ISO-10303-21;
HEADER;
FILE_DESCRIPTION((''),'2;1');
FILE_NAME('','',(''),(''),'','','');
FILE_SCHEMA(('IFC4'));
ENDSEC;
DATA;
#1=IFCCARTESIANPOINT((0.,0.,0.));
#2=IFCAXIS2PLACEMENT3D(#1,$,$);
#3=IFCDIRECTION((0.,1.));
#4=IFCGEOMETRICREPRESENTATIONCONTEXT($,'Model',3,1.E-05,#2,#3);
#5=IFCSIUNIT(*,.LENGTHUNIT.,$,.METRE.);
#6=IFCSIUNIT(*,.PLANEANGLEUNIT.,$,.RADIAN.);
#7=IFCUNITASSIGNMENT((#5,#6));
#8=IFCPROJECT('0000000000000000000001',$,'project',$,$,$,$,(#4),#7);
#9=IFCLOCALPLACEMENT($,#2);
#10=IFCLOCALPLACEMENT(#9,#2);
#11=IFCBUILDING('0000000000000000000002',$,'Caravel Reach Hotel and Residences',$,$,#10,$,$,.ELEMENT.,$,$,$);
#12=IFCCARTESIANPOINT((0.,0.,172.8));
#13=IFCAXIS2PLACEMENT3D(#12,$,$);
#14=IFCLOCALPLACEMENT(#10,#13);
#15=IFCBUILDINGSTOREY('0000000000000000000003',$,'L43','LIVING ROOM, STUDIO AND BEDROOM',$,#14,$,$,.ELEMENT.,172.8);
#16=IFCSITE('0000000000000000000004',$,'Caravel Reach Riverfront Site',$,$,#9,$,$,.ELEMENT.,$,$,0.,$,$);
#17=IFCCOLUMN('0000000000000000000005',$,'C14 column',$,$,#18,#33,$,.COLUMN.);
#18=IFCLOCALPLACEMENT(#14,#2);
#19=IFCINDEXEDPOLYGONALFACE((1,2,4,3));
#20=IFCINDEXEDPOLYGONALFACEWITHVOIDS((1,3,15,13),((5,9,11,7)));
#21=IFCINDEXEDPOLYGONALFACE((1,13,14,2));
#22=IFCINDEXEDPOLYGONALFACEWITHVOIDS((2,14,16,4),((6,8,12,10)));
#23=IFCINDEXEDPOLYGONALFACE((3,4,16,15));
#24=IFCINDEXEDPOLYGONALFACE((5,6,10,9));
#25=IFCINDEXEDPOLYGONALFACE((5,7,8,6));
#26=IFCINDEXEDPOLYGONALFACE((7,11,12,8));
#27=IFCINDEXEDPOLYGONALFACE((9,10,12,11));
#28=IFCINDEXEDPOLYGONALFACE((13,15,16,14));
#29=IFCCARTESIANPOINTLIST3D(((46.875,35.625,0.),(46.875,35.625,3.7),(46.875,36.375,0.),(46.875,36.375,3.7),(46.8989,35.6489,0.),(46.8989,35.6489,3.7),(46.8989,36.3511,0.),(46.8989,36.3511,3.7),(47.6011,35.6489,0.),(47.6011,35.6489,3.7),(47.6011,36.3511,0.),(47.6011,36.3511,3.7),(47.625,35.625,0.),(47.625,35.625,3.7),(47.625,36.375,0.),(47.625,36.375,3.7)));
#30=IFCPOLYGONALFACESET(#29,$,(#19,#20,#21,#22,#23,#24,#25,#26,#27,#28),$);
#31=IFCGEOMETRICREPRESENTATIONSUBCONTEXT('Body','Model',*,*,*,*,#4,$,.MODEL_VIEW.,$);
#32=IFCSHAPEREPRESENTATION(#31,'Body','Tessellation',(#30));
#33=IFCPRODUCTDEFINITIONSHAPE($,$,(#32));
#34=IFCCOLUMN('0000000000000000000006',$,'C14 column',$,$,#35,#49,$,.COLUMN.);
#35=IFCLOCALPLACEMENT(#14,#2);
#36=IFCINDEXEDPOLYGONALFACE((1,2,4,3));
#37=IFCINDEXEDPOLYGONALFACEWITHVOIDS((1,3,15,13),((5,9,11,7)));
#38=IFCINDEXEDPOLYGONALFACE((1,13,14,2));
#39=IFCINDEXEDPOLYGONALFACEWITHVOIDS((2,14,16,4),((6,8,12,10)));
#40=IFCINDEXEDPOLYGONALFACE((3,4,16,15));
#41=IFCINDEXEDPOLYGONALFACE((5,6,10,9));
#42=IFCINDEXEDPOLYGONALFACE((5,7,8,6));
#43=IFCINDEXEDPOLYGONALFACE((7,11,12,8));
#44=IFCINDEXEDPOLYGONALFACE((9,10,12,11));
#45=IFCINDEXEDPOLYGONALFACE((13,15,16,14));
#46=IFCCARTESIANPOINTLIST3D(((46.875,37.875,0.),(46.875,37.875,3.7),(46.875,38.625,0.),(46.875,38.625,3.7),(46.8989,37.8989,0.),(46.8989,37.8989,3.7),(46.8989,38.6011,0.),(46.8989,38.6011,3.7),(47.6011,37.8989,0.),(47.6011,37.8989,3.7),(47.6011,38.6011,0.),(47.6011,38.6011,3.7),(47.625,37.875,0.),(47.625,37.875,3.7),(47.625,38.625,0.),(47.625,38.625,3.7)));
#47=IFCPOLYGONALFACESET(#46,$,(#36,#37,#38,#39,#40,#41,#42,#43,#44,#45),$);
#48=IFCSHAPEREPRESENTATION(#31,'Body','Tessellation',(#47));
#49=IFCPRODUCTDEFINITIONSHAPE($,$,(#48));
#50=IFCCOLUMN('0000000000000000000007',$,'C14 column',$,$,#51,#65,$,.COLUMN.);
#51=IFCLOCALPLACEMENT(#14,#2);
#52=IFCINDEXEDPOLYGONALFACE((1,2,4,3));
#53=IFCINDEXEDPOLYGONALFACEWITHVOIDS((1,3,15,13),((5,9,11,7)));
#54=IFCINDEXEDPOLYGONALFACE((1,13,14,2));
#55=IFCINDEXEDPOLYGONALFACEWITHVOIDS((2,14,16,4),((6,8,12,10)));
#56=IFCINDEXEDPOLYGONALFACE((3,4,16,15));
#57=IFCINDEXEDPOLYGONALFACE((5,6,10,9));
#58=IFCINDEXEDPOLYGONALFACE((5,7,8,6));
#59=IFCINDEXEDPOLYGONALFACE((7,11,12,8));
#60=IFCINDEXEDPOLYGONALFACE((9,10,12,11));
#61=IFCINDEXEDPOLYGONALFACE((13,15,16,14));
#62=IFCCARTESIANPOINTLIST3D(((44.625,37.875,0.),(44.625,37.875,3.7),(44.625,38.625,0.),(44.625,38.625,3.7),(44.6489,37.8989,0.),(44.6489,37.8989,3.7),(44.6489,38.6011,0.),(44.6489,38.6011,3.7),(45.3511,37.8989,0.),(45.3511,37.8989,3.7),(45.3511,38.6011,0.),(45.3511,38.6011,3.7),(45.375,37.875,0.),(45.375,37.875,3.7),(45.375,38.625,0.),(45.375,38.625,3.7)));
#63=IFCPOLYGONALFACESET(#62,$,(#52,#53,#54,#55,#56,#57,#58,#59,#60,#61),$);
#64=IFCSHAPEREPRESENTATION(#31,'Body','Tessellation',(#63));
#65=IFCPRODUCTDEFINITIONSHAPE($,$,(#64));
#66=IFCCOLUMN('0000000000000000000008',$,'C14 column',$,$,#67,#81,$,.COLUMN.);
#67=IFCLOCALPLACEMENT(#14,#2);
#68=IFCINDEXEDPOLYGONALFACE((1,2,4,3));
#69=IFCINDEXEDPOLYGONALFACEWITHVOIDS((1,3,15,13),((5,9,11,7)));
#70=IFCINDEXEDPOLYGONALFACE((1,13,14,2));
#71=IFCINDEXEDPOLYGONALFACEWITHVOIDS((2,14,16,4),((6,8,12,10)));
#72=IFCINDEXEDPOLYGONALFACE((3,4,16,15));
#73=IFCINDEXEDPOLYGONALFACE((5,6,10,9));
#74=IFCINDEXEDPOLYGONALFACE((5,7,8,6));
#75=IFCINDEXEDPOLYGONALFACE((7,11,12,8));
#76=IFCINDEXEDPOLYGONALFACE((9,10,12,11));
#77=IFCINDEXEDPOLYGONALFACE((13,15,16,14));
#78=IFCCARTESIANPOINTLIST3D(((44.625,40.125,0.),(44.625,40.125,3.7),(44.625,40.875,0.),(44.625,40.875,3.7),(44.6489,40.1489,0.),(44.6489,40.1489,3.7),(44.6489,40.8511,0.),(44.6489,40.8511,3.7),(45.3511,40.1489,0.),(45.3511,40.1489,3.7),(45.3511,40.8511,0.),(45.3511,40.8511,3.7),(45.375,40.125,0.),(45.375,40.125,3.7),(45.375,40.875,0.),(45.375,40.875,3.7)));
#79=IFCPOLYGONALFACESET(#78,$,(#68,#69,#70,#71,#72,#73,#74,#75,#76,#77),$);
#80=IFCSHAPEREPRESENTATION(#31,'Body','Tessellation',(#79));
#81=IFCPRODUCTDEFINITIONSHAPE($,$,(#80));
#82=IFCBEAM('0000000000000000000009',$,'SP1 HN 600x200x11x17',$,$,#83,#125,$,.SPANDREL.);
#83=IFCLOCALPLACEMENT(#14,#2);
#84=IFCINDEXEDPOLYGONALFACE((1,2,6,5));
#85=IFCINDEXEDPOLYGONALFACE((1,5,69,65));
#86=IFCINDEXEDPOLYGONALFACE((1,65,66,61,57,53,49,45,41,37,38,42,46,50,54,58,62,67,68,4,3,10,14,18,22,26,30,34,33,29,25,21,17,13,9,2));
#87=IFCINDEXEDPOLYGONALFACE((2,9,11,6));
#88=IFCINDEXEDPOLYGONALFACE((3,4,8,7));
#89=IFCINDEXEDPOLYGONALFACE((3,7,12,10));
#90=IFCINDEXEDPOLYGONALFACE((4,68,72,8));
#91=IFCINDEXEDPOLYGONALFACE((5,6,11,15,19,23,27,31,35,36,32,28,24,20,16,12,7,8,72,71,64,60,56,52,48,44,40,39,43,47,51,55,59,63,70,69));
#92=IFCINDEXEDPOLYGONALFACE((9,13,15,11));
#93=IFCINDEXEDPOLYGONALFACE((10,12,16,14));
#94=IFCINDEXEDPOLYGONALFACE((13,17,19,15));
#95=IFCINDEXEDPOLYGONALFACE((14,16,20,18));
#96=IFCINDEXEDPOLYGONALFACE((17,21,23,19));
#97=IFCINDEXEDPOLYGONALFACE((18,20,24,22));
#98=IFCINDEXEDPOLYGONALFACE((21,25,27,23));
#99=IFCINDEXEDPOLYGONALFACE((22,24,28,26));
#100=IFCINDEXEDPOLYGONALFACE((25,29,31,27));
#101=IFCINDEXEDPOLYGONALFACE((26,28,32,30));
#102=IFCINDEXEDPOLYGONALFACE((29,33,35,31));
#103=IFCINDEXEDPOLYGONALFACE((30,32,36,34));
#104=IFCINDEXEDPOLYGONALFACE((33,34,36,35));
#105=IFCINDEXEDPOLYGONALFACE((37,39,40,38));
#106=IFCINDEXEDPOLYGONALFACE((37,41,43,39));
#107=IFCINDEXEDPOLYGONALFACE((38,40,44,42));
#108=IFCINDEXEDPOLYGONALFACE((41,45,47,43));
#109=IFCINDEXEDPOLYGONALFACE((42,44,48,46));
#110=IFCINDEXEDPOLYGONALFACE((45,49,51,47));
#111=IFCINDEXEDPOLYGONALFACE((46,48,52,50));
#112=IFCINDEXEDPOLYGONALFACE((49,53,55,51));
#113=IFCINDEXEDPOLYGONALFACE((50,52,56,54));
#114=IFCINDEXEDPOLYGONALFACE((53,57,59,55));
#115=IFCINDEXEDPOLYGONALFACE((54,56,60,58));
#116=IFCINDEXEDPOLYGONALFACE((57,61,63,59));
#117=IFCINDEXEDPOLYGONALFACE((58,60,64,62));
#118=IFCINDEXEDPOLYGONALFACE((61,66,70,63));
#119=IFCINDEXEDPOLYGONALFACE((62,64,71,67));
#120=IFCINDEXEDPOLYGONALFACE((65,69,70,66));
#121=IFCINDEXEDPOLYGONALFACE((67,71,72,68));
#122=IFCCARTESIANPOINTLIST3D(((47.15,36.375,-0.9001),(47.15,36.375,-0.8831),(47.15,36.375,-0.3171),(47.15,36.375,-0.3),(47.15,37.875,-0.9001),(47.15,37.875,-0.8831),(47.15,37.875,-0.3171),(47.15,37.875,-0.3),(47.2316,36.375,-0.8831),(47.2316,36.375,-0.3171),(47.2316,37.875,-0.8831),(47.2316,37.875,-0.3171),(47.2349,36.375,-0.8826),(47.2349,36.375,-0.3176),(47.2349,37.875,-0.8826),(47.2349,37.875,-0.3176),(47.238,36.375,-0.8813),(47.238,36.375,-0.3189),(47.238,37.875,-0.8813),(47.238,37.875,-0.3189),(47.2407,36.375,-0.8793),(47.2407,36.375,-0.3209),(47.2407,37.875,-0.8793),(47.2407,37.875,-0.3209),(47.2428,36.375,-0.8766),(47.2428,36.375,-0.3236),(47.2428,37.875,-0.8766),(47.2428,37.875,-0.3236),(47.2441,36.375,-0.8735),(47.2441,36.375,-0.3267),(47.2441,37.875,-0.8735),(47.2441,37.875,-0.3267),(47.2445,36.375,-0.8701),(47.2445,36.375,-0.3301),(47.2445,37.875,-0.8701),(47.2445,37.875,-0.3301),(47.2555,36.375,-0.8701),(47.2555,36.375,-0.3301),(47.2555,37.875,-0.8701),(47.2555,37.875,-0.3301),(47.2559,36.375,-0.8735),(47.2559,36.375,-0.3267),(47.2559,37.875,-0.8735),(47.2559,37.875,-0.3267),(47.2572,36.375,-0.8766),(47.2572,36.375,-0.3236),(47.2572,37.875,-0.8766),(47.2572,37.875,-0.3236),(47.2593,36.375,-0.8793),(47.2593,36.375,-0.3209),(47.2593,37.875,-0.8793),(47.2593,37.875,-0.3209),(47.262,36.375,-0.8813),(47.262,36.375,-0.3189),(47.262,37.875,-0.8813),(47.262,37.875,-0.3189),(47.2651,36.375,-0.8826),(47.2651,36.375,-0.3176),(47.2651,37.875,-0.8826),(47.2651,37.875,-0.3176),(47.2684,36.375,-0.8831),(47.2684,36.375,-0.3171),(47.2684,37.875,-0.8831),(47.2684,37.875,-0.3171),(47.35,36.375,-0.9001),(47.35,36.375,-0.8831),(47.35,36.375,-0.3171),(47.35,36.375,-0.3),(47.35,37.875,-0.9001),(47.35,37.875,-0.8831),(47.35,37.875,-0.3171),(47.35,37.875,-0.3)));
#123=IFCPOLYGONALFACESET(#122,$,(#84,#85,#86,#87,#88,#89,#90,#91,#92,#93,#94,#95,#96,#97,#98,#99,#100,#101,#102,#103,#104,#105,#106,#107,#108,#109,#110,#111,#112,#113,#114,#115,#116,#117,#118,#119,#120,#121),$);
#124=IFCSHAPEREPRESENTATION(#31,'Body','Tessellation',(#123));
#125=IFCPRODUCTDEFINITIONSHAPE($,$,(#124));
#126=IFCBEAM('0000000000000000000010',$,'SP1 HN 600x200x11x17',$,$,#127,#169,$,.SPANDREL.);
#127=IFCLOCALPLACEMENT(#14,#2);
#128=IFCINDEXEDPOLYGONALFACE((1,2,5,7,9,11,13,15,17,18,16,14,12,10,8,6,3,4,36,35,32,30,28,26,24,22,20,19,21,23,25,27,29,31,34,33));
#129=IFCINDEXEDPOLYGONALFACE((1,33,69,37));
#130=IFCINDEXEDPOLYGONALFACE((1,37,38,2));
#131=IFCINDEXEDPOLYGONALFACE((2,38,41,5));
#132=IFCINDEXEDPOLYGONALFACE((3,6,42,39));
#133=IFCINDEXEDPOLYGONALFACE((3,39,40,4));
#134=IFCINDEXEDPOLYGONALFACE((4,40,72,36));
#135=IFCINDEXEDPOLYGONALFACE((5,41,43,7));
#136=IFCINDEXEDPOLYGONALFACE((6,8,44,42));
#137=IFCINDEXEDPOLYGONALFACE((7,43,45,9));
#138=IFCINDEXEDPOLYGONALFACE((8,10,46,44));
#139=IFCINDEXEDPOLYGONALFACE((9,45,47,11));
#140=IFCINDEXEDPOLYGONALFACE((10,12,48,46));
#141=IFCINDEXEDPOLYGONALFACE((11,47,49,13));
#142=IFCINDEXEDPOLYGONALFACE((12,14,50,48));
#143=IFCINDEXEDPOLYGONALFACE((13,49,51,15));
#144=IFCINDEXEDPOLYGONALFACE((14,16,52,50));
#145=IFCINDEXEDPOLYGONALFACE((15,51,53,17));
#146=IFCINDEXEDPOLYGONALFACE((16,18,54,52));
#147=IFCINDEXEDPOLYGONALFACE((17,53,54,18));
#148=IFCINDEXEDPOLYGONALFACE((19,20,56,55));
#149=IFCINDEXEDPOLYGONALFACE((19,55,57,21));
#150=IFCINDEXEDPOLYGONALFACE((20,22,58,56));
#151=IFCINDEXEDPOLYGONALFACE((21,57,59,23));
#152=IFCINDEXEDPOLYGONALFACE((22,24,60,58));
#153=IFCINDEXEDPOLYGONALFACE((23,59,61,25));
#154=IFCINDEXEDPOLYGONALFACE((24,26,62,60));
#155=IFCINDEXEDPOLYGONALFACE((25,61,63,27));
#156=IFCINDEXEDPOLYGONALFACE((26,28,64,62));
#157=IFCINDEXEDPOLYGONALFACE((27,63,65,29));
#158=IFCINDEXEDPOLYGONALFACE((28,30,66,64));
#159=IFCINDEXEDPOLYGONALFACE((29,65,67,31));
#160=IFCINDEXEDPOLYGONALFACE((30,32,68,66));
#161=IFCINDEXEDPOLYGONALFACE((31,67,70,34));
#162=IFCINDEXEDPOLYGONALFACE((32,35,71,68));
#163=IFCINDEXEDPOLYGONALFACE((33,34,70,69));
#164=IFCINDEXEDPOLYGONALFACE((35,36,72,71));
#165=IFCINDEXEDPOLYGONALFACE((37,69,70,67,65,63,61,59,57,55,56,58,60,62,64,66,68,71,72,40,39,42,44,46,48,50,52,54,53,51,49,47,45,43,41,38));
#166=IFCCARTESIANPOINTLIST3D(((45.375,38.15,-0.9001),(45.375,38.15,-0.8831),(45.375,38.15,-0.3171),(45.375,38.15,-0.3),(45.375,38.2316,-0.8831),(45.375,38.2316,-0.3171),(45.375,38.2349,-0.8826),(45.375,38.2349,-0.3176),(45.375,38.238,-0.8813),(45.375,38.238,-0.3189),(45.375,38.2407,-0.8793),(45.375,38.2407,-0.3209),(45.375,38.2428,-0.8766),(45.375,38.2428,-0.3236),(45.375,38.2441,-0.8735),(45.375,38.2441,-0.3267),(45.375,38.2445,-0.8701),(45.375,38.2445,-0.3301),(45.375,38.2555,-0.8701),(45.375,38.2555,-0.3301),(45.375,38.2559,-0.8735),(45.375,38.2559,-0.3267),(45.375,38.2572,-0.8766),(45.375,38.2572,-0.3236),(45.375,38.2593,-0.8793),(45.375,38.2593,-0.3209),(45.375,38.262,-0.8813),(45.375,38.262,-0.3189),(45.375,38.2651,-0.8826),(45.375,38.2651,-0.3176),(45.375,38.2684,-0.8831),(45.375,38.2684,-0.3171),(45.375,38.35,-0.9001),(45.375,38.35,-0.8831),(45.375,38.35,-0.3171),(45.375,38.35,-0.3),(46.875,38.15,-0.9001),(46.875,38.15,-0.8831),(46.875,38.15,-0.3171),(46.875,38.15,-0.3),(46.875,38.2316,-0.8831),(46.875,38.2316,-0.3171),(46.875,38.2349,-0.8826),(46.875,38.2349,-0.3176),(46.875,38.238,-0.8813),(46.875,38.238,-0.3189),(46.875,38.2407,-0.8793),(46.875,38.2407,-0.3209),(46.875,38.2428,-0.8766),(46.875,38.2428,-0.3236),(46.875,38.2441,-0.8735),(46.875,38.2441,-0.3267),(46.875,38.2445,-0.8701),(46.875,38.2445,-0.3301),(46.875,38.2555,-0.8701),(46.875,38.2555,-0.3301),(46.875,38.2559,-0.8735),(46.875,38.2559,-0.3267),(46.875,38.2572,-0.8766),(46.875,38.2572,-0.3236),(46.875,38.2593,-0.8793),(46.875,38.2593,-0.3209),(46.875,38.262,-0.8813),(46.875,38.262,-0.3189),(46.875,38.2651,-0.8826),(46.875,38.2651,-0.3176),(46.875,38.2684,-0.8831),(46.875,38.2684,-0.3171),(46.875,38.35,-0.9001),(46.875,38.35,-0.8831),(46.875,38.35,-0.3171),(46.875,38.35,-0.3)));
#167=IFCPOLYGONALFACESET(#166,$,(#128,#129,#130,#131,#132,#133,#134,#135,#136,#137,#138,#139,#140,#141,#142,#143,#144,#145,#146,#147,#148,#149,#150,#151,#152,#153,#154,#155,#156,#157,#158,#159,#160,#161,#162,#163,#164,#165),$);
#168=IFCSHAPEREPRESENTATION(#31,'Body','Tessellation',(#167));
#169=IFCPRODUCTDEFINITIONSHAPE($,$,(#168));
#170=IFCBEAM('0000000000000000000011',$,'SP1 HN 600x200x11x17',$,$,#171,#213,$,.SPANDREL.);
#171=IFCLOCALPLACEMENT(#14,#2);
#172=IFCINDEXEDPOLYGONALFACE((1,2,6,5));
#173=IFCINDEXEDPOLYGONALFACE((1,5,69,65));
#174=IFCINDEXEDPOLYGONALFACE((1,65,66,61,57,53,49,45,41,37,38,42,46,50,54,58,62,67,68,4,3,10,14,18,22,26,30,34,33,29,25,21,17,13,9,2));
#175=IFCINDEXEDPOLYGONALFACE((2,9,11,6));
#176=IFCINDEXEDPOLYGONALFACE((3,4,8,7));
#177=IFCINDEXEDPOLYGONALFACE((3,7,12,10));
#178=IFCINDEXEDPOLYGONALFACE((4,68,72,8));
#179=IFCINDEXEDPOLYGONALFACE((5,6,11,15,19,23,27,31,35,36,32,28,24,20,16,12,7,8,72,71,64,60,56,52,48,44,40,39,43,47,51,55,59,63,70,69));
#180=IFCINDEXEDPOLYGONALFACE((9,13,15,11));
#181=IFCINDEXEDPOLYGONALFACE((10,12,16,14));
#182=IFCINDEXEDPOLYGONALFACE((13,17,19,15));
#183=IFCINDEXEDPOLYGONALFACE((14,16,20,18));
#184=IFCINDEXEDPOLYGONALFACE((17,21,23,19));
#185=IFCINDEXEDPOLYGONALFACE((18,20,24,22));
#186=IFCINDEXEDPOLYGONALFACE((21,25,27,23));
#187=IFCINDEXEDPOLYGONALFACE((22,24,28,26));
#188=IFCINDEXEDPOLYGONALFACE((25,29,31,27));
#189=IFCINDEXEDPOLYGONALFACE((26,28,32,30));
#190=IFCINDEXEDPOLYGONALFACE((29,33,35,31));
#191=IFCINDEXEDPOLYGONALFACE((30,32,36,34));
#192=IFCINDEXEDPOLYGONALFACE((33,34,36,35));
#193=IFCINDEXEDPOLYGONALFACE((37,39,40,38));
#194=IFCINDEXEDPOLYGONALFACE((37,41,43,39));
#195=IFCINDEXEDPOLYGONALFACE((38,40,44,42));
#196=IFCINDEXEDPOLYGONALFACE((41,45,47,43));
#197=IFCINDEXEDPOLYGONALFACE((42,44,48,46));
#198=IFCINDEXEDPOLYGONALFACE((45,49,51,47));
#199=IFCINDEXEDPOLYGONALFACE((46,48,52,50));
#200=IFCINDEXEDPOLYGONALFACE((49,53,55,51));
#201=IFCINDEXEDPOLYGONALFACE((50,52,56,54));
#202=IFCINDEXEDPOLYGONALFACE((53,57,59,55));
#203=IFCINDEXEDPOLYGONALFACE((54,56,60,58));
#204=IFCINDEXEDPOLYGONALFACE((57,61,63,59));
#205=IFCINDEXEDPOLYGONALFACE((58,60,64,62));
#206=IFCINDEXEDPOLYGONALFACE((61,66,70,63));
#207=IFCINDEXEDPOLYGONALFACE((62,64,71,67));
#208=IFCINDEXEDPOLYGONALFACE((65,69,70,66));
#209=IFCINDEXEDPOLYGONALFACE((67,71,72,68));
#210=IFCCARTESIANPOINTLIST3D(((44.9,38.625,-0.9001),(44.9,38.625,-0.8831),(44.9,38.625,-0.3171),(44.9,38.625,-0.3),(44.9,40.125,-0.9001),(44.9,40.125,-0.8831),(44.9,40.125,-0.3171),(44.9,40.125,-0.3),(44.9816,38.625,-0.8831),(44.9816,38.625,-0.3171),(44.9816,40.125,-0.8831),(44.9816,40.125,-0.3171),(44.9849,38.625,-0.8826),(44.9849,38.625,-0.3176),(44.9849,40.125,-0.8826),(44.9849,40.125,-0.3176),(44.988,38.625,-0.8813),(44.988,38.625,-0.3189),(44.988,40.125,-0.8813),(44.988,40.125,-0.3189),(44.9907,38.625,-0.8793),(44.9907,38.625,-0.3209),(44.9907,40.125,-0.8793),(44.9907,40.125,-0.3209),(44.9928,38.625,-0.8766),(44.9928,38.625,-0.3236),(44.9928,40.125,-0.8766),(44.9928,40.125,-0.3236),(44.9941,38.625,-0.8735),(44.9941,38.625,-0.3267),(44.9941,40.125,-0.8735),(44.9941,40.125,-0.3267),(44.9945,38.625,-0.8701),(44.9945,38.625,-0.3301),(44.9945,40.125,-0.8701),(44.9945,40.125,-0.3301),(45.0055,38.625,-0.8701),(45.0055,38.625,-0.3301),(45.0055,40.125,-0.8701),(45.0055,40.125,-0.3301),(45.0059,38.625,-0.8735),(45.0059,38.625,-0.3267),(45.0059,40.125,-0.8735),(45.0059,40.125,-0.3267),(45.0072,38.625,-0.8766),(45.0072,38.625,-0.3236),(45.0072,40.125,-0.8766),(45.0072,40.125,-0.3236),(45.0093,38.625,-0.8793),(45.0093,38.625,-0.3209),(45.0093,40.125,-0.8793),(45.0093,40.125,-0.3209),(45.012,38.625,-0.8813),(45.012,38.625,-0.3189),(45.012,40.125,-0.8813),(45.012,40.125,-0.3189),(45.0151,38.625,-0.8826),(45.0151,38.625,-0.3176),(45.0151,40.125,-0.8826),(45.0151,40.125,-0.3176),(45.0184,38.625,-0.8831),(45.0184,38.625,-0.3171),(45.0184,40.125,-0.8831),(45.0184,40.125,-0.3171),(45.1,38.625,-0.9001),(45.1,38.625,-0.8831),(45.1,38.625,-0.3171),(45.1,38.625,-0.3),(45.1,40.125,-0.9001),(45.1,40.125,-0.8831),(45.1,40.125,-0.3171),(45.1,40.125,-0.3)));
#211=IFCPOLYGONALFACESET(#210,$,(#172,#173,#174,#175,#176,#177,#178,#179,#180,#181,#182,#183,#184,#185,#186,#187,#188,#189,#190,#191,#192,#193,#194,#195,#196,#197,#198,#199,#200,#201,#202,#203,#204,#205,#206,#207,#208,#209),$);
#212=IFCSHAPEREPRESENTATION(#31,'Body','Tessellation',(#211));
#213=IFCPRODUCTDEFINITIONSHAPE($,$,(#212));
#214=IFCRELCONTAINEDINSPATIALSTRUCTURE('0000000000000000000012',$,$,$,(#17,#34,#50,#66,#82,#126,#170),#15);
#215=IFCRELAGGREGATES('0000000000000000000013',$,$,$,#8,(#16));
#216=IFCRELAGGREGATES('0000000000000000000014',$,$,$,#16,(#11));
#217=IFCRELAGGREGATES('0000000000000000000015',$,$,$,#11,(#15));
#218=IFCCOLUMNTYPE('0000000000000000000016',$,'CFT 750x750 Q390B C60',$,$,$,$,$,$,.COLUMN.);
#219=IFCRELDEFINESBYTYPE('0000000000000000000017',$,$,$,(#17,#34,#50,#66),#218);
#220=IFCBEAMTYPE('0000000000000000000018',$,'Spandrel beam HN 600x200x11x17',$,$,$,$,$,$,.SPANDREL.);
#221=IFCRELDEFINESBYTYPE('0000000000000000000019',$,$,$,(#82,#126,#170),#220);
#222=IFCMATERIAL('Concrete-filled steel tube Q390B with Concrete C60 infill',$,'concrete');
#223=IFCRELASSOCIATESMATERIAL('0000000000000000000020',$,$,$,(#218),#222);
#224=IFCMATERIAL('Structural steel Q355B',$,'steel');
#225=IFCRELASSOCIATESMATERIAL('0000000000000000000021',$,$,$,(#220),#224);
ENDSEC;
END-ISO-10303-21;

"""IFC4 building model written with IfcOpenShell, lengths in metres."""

from ifc_helpers import new_model, si_unit, direction, frame, origin, origin_2d, place, context, subcontext, project, spatial, hollow_rectangle, i_section, extrude, material, material_profile, profile_set, type_object, element, save


model = new_model("IFC4")

# Units and contexts
model_context = context("Model", 3, precision=1e-05, world=origin(), true_north=direction((0.0, 1.0)))
body_context = subcontext(model_context, "Body", "Model", "MODEL_VIEW")
ifc_project = project(units=[si_unit("LENGTHUNIT", "METRE"), si_unit("PLANEANGLEUNIT", "RADIAN")], contexts=[model_context])

# Site, building, storey
site_placement = place(None, origin())
site = spatial("IfcSite", under=ifc_project, at=site_placement, Name="Caravel Reach Riverfront Site", CompositionType="ELEMENT", RefElevation=0.0)
building_placement = place(site_placement, origin())
building = spatial("IfcBuilding", under=site, at=building_placement, Name="Caravel Reach Hotel and Residences", CompositionType="ELEMENT")
storey_placement = place(building_placement, frame((0.0, 0.0, 172.8)))
storey = spatial("IfcBuildingStorey", under=building, at=storey_placement, Name="L43", Description="LIVING ROOM, STUDIO AND BEDROOM", CompositionType="ELEMENT", Elevation=172.8)

# Columns
ifc_material_1 = material(Name="Concrete-filled steel tube Q390B with Concrete C60 infill", Category="concrete")
ifc_material_profile_1 = material_profile(ifc_material_1, hollow_rectangle(XDim=0.75, YDim=0.75, WallThickness=0.0239, at=origin_2d()), Name="RHS 750x750x24")
ifc_profile_set_1 = profile_set([ifc_material_profile_1], Name="Concrete-filled steel tube Q390B with Concrete C60 infill")
column_type = type_object("IfcColumnType", Name="CFT 750x750 Q390B C60", PredefinedType="COLUMN", material=ifc_profile_set_1)
for number, where, z_axis, x_axis, name in (
    (1, (47.25, 36.0, 0.0), (0.0, 0.0, 1.0), (1.0, 0.0, 0.0), "C14 column"),
    (2, (47.25, 38.25, 0.0), (0.0, 0.0, 1.0), (1.0, 0.0, 0.0), "C14 column"),
    (3, (45.0, 38.25, 0.0), (0.0, 0.0, 1.0), (1.0, 0.0, 0.0), "C14 column"),
    (4, (45.0, 40.5, 0.0), (0.0, 0.0, 1.0), (1.0, 0.0, 0.0), "C14 column"),
):
    element("IfcColumn", number, at=place(storey_placement, frame(where, z_axis=z_axis, x_axis=x_axis)), inside=storey, type_object=column_type, Name=name, PredefinedType="COLUMN", context=body_context, shape_type="SweptSolid", body=[
        extrude(hollow_rectangle(XDim=0.75, YDim=0.75, WallThickness=0.0239, at=origin_2d()), origin(), (0.0, 0.0, 1.0), 3.7),
    ])

# Beams
ifc_material_2 = material(Name="Structural steel Q355B", Category="steel")
ifc_material_profile_2 = material_profile(ifc_material_2, i_section(OverallWidth=0.2, OverallDepth=0.6001, WebThickness=0.011, FlangeThickness=0.0171, FilletRadius=0.0129, at=origin_2d()), Name="HN 600x200x11x17")
ifc_profile_set_2 = profile_set([ifc_material_profile_2], Name="Structural steel Q355B")
beam_type = type_object("IfcBeamType", Name="Spandrel beam HN 600x200x11x17", PredefinedType="SPANDREL", material=ifc_profile_set_2)
for number, where, z_axis, x_axis, name in (
    (5, (47.25, 36.375, -0.6001), (0.0, 1.0, 0.0), (-1.0, 0.0, 0.0), "SP1 HN 600x200x11x17"),
    (6, (46.875, 38.25, -0.6001), (-1.0, 0.0, 0.0), (0.0, -1.0, 0.0), "SP1 HN 600x200x11x17"),
    (7, (45.0, 38.625, -0.6001), (0.0, 1.0, 0.0), (-1.0, 0.0, 0.0), "SP1 HN 600x200x11x17"),
):
    element("IfcBeam", number, at=place(storey_placement, frame(where, z_axis=z_axis, x_axis=x_axis)), inside=storey, type_object=beam_type, Name=name, PredefinedType="SPANDREL", context=body_context, shape_type="SweptSolid", body=[
        extrude(i_section(OverallWidth=0.2, OverallDepth=0.6001, WebThickness=0.011, FlangeThickness=0.0171, FilletRadius=0.0129, at=origin_2d()), origin(), (0.0, 0.0, 1.0), 1.5),
    ])

save(model, "model.ifc")
